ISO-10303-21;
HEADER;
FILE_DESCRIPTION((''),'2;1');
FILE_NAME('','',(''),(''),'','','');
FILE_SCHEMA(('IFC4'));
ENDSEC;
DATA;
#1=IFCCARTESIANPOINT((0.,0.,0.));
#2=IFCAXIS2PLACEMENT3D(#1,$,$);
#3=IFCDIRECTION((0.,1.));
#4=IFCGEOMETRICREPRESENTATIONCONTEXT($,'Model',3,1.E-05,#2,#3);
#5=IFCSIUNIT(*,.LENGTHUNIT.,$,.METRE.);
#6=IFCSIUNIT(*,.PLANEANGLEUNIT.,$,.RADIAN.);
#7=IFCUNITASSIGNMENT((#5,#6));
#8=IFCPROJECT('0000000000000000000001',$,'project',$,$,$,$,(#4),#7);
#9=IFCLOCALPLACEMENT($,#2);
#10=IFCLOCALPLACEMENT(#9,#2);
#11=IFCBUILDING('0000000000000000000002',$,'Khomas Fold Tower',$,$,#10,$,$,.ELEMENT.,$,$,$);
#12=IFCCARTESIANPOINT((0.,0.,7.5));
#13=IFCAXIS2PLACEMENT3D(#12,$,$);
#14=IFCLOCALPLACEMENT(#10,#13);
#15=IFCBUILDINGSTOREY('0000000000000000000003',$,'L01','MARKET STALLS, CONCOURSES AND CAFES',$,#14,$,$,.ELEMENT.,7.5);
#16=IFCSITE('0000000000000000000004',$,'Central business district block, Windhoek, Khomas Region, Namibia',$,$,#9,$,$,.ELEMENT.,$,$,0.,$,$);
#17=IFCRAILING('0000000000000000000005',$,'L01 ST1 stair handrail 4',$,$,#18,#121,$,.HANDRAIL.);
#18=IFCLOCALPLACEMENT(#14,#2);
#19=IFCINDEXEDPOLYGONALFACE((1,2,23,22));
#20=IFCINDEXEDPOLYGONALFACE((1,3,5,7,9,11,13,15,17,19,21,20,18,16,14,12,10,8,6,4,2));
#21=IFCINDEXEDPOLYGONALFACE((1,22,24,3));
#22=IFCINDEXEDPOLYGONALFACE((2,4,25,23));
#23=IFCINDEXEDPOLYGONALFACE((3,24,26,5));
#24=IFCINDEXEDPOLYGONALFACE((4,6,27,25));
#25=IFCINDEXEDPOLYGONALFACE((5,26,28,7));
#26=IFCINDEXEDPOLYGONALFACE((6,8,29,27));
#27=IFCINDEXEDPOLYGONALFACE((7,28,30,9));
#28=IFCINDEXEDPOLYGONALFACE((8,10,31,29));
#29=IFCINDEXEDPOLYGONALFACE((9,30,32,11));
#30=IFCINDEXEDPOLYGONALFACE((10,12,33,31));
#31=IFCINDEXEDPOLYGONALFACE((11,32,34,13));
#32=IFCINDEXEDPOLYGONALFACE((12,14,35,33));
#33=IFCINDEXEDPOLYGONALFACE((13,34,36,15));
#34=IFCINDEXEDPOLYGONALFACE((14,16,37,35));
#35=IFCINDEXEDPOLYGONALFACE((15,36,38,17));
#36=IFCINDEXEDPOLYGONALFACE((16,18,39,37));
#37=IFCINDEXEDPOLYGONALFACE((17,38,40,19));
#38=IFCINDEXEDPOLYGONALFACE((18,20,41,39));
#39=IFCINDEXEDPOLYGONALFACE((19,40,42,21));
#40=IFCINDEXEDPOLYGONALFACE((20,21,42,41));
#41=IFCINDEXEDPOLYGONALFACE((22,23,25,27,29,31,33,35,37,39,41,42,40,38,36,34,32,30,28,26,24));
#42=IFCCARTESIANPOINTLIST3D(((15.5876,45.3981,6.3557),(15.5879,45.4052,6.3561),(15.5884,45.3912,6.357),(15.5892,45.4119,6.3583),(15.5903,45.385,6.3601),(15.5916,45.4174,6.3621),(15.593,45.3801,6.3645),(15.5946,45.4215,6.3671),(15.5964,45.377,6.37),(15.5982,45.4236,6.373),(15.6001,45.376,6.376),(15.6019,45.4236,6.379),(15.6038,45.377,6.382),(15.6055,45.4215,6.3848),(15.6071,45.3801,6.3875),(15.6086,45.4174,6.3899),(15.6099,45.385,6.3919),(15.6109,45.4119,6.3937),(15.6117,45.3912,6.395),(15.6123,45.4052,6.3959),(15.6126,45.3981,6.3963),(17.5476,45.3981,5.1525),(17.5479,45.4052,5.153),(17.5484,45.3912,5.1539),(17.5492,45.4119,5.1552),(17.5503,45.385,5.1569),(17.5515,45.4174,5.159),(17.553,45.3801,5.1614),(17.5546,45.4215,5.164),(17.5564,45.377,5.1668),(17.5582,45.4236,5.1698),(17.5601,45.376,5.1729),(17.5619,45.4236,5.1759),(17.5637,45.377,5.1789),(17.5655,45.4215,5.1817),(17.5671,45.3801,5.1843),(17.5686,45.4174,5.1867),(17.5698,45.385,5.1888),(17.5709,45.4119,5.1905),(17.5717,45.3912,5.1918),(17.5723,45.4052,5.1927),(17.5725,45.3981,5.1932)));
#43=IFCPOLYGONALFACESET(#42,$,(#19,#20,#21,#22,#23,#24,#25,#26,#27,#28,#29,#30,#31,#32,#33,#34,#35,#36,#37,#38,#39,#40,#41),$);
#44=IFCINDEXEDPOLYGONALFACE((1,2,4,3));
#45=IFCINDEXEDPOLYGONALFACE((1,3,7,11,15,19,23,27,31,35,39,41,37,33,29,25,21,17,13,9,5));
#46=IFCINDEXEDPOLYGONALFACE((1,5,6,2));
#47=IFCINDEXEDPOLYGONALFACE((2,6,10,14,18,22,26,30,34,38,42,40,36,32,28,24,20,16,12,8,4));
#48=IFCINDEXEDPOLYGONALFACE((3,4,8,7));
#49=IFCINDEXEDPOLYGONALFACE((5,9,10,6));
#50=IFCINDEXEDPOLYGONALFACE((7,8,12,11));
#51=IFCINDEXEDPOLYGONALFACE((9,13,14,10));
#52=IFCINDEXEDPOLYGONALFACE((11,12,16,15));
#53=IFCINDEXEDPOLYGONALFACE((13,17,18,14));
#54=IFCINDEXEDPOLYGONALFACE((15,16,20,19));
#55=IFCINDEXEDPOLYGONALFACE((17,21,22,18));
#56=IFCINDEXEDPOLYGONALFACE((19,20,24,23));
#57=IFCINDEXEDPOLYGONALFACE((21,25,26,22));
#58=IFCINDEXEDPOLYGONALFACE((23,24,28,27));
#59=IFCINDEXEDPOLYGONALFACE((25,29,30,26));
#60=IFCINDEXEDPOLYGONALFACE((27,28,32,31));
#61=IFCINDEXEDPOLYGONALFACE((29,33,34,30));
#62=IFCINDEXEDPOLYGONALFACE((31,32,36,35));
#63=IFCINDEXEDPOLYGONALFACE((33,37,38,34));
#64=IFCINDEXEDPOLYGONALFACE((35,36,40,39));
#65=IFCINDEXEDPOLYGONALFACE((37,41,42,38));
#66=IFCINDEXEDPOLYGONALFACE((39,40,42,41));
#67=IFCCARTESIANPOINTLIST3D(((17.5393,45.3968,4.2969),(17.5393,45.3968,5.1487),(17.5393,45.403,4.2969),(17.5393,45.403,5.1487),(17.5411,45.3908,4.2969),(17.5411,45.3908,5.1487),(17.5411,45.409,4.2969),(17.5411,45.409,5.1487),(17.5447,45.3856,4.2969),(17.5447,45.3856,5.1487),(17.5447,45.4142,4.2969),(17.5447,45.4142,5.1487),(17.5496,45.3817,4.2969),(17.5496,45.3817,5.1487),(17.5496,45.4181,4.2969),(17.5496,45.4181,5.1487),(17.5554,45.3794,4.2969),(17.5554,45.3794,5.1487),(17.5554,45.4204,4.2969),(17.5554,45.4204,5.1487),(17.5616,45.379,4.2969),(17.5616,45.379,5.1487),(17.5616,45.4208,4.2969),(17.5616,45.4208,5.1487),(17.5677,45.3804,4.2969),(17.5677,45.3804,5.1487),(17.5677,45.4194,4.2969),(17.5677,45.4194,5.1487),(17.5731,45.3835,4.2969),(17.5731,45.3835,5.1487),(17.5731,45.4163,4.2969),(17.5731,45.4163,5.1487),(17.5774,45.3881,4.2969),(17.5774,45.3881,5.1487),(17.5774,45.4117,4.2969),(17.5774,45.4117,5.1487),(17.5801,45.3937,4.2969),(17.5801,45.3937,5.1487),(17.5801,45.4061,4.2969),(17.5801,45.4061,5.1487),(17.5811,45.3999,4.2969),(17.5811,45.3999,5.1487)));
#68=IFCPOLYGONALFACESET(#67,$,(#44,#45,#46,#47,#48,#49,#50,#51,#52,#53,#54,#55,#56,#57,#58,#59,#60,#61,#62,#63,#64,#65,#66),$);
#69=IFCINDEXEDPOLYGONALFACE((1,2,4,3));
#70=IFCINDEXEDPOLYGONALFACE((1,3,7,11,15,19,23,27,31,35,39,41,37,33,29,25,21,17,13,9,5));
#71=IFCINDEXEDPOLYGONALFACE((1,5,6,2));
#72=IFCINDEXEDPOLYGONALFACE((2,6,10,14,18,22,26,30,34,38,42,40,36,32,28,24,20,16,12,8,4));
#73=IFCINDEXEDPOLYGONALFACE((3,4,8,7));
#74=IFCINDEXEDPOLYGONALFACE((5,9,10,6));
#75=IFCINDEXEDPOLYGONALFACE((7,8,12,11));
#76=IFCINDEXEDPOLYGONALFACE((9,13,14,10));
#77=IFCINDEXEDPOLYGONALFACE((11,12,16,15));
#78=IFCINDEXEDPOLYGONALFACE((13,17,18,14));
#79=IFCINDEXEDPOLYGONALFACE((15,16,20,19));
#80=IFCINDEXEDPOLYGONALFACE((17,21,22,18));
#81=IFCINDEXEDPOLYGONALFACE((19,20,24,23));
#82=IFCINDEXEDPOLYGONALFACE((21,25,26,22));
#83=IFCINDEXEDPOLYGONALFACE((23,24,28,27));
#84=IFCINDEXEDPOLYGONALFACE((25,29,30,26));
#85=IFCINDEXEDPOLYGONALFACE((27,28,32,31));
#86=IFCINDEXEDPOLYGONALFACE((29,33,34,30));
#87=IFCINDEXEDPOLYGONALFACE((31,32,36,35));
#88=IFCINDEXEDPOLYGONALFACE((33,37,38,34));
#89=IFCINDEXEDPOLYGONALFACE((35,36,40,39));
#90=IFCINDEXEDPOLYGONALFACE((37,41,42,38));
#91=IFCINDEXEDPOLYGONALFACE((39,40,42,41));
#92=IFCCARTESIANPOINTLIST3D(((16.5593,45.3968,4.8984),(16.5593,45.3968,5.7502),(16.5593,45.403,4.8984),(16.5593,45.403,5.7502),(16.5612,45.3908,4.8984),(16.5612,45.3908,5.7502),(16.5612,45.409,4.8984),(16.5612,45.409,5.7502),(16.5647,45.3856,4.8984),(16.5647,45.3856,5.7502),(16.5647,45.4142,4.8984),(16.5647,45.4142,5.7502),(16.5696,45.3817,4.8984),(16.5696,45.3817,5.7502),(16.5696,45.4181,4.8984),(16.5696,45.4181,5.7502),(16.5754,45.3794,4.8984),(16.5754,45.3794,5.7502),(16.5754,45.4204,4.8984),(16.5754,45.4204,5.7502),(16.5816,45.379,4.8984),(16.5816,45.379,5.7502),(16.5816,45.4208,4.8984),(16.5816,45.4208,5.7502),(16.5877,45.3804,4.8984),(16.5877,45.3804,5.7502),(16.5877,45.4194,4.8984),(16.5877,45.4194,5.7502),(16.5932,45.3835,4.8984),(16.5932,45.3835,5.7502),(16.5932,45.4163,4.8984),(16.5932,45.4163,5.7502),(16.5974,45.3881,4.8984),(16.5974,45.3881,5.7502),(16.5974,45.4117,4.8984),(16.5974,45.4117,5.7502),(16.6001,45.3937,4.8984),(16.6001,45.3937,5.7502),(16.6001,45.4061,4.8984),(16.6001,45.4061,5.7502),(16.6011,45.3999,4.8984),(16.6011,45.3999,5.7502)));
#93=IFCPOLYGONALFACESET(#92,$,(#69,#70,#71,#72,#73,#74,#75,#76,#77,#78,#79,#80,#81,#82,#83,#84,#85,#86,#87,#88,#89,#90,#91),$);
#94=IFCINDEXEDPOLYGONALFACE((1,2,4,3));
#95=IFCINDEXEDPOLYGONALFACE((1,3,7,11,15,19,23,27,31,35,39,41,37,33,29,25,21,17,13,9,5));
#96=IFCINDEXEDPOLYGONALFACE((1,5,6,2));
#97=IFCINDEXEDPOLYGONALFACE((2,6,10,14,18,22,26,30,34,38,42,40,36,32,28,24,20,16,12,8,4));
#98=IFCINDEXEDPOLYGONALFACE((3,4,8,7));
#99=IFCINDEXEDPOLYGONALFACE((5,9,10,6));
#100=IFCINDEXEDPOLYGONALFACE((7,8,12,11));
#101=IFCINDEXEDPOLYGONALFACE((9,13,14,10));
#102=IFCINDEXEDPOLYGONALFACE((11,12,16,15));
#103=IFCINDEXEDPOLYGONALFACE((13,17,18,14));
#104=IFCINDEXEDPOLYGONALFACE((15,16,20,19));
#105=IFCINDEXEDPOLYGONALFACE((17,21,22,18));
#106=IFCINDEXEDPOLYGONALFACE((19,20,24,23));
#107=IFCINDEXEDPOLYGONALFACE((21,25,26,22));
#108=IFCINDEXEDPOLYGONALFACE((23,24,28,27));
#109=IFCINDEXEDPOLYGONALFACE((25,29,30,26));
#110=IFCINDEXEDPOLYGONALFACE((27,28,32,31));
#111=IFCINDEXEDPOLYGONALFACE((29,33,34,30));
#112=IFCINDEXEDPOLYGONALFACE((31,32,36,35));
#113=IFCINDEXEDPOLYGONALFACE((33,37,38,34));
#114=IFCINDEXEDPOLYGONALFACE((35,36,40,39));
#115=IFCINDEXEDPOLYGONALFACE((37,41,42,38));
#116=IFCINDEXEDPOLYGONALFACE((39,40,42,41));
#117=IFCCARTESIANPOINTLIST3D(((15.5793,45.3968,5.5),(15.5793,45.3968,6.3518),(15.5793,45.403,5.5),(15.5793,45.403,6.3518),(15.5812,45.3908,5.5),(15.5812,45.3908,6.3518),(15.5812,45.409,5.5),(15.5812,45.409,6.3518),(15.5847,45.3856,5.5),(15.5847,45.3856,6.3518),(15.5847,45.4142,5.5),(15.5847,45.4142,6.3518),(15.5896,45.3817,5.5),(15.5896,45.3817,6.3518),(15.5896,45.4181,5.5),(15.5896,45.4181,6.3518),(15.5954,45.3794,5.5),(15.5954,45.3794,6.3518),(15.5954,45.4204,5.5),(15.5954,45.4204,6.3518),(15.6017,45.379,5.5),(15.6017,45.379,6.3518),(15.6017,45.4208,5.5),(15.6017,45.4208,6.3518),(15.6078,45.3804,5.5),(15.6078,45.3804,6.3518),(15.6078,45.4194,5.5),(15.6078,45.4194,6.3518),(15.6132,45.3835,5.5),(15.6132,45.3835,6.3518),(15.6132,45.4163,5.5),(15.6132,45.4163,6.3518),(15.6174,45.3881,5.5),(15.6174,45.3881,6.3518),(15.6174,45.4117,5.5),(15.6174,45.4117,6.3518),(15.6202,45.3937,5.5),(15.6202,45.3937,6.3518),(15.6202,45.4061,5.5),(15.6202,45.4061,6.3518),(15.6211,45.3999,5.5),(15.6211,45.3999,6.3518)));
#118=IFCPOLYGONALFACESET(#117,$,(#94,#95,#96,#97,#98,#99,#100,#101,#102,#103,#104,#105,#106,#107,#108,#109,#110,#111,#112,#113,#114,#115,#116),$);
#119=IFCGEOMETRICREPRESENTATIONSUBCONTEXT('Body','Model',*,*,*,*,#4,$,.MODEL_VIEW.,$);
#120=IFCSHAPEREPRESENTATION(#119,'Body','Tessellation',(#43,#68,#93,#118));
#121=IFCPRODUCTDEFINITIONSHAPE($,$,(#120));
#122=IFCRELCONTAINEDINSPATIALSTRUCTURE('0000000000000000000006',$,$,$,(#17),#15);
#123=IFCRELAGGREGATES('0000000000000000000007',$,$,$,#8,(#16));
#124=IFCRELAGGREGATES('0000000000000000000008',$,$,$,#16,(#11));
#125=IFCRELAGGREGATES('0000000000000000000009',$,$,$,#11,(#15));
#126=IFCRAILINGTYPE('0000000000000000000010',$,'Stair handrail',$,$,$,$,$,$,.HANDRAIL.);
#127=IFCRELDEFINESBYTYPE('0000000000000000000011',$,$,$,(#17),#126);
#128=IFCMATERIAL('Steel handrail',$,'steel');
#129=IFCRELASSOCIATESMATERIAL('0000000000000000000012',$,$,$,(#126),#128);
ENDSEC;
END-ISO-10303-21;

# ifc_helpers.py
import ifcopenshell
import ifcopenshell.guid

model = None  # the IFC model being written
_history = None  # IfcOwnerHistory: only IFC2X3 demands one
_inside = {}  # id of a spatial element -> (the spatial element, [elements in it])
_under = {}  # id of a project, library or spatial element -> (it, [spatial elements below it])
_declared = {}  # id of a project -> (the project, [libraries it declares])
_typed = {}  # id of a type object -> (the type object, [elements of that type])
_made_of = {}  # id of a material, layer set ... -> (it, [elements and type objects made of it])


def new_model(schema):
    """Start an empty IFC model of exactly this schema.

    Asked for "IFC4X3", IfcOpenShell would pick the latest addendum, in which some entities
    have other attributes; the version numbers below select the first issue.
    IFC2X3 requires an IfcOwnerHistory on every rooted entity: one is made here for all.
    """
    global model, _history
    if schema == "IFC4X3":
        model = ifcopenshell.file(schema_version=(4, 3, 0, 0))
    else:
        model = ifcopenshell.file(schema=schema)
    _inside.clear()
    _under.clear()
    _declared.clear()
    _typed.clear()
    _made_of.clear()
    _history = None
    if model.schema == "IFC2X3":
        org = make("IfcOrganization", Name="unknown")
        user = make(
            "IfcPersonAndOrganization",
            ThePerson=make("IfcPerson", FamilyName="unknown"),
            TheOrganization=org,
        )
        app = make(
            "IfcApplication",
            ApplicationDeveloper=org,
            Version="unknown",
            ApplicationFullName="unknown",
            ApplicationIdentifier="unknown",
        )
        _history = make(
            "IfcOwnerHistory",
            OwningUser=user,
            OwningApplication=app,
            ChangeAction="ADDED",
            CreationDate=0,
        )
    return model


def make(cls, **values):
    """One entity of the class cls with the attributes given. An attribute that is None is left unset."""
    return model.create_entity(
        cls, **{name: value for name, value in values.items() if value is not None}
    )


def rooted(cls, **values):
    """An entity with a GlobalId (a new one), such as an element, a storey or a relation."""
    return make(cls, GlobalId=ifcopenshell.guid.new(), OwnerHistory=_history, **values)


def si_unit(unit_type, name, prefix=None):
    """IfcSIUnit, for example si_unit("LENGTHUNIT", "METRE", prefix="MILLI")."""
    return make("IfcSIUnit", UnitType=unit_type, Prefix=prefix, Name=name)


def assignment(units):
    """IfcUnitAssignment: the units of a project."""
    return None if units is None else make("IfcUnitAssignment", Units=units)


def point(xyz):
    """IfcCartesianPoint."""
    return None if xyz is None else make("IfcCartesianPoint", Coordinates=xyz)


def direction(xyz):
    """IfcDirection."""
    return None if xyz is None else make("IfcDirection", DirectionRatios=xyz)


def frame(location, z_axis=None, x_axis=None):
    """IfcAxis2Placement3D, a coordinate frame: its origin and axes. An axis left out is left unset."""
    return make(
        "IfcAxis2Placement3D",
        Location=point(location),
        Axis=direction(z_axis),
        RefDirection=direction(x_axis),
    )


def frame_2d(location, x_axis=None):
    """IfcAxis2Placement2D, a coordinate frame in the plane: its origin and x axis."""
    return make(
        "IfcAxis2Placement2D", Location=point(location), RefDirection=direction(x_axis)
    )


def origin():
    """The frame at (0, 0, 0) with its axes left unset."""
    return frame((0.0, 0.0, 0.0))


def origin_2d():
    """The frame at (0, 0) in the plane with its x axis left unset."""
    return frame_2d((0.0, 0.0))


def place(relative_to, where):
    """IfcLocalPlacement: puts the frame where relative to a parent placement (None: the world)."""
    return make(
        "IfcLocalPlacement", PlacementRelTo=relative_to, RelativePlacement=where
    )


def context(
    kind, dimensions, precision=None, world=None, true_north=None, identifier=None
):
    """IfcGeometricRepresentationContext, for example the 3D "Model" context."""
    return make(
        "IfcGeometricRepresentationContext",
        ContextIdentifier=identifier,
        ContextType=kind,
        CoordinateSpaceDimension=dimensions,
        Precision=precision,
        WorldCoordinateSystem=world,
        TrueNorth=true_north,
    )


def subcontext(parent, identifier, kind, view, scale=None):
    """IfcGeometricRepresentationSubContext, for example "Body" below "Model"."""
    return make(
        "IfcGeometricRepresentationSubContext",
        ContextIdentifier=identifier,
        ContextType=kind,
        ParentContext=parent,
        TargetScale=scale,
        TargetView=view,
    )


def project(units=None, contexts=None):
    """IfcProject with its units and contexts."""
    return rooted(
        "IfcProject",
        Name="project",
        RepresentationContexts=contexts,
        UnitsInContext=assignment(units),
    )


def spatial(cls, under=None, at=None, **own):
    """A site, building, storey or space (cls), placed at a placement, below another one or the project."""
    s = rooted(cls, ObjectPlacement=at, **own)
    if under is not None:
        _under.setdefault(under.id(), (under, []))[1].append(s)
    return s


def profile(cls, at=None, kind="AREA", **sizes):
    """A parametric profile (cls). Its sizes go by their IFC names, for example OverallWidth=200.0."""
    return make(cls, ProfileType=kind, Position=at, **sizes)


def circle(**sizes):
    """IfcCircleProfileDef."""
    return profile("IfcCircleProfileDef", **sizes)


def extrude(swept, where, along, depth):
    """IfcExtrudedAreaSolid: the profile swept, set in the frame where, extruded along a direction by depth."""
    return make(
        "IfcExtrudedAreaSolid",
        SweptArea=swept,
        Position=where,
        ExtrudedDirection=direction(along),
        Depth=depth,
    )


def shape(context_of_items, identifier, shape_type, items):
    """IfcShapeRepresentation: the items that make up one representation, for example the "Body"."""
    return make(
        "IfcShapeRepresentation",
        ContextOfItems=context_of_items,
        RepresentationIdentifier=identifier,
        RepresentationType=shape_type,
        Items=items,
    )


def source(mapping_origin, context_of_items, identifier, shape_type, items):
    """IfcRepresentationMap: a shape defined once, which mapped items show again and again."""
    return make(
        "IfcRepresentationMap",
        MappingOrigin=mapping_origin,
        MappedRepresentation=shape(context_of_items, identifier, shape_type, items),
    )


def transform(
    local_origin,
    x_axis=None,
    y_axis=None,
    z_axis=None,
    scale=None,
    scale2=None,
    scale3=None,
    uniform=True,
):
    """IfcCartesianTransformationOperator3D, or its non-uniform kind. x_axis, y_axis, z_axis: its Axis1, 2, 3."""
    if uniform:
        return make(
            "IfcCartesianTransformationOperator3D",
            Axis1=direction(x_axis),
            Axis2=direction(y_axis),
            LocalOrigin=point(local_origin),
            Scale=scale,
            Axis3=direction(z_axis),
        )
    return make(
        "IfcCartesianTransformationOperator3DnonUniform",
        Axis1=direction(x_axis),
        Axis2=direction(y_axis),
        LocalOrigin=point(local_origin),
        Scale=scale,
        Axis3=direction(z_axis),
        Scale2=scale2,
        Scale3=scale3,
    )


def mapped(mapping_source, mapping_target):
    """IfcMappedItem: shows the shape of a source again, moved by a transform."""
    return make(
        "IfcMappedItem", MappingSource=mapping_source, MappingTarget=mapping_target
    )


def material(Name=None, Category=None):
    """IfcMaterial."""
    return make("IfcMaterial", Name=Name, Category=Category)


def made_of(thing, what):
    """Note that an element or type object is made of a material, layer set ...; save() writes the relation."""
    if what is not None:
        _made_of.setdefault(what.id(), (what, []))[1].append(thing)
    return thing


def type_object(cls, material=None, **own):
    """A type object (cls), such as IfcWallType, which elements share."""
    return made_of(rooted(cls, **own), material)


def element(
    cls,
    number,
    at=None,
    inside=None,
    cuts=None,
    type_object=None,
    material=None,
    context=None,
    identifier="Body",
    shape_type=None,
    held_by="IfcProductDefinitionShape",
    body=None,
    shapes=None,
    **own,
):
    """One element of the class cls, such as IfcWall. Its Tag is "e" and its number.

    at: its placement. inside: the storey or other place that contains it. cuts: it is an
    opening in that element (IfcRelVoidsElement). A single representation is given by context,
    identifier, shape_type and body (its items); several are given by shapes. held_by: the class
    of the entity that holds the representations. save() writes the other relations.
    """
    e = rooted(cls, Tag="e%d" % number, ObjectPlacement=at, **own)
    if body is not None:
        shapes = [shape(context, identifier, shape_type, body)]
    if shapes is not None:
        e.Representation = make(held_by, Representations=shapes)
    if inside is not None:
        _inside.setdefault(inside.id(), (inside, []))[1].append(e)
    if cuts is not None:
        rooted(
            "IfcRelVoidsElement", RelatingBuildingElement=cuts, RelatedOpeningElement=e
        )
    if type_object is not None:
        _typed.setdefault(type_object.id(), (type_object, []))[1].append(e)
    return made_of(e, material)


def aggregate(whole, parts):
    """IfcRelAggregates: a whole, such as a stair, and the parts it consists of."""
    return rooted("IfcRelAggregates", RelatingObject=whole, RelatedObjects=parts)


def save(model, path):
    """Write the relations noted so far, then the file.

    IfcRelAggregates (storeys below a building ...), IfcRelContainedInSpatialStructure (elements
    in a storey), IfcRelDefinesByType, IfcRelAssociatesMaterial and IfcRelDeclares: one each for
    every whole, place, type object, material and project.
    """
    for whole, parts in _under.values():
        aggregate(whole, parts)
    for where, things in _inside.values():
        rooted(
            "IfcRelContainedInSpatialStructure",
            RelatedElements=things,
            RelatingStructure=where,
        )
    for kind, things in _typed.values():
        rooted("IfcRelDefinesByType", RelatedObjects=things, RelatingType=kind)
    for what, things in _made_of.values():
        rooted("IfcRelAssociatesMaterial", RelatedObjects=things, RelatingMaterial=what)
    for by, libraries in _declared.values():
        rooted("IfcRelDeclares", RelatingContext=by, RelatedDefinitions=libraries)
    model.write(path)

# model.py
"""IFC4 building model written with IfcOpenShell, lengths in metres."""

from ifc_helpers import new_model, si_unit, direction, frame, origin, origin_2d, place, context, subcontext, project, spatial, circle, extrude, source, transform, mapped, material, type_object, element, save


model = new_model("IFC4")

# Units and contexts
model_context = context("Model", 3, precision=1e-05, world=origin(), true_north=direction((0.0, 1.0)))
body_context = subcontext(model_context, "Body", "Model", "MODEL_VIEW")
ifc_project = project(units=[si_unit("LENGTHUNIT", "METRE"), si_unit("PLANEANGLEUNIT", "RADIAN")], contexts=[model_context])

# Site, building, storey
site_placement = place(None, origin())
site = spatial("IfcSite", under=ifc_project, at=site_placement, Name="Central business district block, Windhoek, Khomas Region, Namibia", CompositionType="ELEMENT", RefElevation=0.0)
building_placement = place(site_placement, origin())
building = spatial("IfcBuilding", under=site, at=building_placement, Name="Khomas Fold Tower", CompositionType="ELEMENT")
storey_placement = place(building_placement, frame((0.0, 0.0, 7.5)))
storey = spatial("IfcBuildingStorey", under=building, at=storey_placement, Name="L01", Description="MARKET STALLS, CONCOURSES AND CAFES", CompositionType="ELEMENT", Elevation=7.5)

# Railing
ifc_material_1 = material(Name="Steel handrail", Category="steel")
railing_type_1 = type_object("IfcRailingType", Name="Stair handrail", PredefinedType="HANDRAIL", material=ifc_material_1)
shared_shape_1 = source(origin(), body_context, "Body", "SweptSolid", [
    extrude(circle(Radius=0.0239, at=origin_2d()), frame((0.0, 0.0, 0.876), z_axis=(-0.852241, 0.0, 0.523149), x_axis=(0.0, -1.0, 0.0)), (0.0, 0.0, 1.0), 2.2998),
    extrude(circle(Radius=0.021, at=origin_2d()), origin(), (0.0, 0.0, 1.0), 0.8518),
    extrude(circle(Radius=0.021, at=origin_2d()), frame((-0.98, 0.0, 0.6016)), (0.0, 0.0, 1.0), 0.8518),
    extrude(circle(Radius=0.021, at=origin_2d()), frame((-1.96, 0.0, 1.2031)), (0.0, 0.0, 1.0), 0.8518),
])
for number, where, name in (
    (1, (17.5601, 45.3999, 4.2969), "L01 ST1 stair handrail 4"),
):
    element("IfcRailing", number, at=place(storey_placement, frame(where)), inside=storey, type_object=railing_type_1, Name=name, PredefinedType="HANDRAIL", context=body_context, shape_type="MappedRepresentation", body=[
        mapped(shared_shape_1, transform((0.0, 0.0, 0.0))),
    ])

save(model, "model.ifc")
